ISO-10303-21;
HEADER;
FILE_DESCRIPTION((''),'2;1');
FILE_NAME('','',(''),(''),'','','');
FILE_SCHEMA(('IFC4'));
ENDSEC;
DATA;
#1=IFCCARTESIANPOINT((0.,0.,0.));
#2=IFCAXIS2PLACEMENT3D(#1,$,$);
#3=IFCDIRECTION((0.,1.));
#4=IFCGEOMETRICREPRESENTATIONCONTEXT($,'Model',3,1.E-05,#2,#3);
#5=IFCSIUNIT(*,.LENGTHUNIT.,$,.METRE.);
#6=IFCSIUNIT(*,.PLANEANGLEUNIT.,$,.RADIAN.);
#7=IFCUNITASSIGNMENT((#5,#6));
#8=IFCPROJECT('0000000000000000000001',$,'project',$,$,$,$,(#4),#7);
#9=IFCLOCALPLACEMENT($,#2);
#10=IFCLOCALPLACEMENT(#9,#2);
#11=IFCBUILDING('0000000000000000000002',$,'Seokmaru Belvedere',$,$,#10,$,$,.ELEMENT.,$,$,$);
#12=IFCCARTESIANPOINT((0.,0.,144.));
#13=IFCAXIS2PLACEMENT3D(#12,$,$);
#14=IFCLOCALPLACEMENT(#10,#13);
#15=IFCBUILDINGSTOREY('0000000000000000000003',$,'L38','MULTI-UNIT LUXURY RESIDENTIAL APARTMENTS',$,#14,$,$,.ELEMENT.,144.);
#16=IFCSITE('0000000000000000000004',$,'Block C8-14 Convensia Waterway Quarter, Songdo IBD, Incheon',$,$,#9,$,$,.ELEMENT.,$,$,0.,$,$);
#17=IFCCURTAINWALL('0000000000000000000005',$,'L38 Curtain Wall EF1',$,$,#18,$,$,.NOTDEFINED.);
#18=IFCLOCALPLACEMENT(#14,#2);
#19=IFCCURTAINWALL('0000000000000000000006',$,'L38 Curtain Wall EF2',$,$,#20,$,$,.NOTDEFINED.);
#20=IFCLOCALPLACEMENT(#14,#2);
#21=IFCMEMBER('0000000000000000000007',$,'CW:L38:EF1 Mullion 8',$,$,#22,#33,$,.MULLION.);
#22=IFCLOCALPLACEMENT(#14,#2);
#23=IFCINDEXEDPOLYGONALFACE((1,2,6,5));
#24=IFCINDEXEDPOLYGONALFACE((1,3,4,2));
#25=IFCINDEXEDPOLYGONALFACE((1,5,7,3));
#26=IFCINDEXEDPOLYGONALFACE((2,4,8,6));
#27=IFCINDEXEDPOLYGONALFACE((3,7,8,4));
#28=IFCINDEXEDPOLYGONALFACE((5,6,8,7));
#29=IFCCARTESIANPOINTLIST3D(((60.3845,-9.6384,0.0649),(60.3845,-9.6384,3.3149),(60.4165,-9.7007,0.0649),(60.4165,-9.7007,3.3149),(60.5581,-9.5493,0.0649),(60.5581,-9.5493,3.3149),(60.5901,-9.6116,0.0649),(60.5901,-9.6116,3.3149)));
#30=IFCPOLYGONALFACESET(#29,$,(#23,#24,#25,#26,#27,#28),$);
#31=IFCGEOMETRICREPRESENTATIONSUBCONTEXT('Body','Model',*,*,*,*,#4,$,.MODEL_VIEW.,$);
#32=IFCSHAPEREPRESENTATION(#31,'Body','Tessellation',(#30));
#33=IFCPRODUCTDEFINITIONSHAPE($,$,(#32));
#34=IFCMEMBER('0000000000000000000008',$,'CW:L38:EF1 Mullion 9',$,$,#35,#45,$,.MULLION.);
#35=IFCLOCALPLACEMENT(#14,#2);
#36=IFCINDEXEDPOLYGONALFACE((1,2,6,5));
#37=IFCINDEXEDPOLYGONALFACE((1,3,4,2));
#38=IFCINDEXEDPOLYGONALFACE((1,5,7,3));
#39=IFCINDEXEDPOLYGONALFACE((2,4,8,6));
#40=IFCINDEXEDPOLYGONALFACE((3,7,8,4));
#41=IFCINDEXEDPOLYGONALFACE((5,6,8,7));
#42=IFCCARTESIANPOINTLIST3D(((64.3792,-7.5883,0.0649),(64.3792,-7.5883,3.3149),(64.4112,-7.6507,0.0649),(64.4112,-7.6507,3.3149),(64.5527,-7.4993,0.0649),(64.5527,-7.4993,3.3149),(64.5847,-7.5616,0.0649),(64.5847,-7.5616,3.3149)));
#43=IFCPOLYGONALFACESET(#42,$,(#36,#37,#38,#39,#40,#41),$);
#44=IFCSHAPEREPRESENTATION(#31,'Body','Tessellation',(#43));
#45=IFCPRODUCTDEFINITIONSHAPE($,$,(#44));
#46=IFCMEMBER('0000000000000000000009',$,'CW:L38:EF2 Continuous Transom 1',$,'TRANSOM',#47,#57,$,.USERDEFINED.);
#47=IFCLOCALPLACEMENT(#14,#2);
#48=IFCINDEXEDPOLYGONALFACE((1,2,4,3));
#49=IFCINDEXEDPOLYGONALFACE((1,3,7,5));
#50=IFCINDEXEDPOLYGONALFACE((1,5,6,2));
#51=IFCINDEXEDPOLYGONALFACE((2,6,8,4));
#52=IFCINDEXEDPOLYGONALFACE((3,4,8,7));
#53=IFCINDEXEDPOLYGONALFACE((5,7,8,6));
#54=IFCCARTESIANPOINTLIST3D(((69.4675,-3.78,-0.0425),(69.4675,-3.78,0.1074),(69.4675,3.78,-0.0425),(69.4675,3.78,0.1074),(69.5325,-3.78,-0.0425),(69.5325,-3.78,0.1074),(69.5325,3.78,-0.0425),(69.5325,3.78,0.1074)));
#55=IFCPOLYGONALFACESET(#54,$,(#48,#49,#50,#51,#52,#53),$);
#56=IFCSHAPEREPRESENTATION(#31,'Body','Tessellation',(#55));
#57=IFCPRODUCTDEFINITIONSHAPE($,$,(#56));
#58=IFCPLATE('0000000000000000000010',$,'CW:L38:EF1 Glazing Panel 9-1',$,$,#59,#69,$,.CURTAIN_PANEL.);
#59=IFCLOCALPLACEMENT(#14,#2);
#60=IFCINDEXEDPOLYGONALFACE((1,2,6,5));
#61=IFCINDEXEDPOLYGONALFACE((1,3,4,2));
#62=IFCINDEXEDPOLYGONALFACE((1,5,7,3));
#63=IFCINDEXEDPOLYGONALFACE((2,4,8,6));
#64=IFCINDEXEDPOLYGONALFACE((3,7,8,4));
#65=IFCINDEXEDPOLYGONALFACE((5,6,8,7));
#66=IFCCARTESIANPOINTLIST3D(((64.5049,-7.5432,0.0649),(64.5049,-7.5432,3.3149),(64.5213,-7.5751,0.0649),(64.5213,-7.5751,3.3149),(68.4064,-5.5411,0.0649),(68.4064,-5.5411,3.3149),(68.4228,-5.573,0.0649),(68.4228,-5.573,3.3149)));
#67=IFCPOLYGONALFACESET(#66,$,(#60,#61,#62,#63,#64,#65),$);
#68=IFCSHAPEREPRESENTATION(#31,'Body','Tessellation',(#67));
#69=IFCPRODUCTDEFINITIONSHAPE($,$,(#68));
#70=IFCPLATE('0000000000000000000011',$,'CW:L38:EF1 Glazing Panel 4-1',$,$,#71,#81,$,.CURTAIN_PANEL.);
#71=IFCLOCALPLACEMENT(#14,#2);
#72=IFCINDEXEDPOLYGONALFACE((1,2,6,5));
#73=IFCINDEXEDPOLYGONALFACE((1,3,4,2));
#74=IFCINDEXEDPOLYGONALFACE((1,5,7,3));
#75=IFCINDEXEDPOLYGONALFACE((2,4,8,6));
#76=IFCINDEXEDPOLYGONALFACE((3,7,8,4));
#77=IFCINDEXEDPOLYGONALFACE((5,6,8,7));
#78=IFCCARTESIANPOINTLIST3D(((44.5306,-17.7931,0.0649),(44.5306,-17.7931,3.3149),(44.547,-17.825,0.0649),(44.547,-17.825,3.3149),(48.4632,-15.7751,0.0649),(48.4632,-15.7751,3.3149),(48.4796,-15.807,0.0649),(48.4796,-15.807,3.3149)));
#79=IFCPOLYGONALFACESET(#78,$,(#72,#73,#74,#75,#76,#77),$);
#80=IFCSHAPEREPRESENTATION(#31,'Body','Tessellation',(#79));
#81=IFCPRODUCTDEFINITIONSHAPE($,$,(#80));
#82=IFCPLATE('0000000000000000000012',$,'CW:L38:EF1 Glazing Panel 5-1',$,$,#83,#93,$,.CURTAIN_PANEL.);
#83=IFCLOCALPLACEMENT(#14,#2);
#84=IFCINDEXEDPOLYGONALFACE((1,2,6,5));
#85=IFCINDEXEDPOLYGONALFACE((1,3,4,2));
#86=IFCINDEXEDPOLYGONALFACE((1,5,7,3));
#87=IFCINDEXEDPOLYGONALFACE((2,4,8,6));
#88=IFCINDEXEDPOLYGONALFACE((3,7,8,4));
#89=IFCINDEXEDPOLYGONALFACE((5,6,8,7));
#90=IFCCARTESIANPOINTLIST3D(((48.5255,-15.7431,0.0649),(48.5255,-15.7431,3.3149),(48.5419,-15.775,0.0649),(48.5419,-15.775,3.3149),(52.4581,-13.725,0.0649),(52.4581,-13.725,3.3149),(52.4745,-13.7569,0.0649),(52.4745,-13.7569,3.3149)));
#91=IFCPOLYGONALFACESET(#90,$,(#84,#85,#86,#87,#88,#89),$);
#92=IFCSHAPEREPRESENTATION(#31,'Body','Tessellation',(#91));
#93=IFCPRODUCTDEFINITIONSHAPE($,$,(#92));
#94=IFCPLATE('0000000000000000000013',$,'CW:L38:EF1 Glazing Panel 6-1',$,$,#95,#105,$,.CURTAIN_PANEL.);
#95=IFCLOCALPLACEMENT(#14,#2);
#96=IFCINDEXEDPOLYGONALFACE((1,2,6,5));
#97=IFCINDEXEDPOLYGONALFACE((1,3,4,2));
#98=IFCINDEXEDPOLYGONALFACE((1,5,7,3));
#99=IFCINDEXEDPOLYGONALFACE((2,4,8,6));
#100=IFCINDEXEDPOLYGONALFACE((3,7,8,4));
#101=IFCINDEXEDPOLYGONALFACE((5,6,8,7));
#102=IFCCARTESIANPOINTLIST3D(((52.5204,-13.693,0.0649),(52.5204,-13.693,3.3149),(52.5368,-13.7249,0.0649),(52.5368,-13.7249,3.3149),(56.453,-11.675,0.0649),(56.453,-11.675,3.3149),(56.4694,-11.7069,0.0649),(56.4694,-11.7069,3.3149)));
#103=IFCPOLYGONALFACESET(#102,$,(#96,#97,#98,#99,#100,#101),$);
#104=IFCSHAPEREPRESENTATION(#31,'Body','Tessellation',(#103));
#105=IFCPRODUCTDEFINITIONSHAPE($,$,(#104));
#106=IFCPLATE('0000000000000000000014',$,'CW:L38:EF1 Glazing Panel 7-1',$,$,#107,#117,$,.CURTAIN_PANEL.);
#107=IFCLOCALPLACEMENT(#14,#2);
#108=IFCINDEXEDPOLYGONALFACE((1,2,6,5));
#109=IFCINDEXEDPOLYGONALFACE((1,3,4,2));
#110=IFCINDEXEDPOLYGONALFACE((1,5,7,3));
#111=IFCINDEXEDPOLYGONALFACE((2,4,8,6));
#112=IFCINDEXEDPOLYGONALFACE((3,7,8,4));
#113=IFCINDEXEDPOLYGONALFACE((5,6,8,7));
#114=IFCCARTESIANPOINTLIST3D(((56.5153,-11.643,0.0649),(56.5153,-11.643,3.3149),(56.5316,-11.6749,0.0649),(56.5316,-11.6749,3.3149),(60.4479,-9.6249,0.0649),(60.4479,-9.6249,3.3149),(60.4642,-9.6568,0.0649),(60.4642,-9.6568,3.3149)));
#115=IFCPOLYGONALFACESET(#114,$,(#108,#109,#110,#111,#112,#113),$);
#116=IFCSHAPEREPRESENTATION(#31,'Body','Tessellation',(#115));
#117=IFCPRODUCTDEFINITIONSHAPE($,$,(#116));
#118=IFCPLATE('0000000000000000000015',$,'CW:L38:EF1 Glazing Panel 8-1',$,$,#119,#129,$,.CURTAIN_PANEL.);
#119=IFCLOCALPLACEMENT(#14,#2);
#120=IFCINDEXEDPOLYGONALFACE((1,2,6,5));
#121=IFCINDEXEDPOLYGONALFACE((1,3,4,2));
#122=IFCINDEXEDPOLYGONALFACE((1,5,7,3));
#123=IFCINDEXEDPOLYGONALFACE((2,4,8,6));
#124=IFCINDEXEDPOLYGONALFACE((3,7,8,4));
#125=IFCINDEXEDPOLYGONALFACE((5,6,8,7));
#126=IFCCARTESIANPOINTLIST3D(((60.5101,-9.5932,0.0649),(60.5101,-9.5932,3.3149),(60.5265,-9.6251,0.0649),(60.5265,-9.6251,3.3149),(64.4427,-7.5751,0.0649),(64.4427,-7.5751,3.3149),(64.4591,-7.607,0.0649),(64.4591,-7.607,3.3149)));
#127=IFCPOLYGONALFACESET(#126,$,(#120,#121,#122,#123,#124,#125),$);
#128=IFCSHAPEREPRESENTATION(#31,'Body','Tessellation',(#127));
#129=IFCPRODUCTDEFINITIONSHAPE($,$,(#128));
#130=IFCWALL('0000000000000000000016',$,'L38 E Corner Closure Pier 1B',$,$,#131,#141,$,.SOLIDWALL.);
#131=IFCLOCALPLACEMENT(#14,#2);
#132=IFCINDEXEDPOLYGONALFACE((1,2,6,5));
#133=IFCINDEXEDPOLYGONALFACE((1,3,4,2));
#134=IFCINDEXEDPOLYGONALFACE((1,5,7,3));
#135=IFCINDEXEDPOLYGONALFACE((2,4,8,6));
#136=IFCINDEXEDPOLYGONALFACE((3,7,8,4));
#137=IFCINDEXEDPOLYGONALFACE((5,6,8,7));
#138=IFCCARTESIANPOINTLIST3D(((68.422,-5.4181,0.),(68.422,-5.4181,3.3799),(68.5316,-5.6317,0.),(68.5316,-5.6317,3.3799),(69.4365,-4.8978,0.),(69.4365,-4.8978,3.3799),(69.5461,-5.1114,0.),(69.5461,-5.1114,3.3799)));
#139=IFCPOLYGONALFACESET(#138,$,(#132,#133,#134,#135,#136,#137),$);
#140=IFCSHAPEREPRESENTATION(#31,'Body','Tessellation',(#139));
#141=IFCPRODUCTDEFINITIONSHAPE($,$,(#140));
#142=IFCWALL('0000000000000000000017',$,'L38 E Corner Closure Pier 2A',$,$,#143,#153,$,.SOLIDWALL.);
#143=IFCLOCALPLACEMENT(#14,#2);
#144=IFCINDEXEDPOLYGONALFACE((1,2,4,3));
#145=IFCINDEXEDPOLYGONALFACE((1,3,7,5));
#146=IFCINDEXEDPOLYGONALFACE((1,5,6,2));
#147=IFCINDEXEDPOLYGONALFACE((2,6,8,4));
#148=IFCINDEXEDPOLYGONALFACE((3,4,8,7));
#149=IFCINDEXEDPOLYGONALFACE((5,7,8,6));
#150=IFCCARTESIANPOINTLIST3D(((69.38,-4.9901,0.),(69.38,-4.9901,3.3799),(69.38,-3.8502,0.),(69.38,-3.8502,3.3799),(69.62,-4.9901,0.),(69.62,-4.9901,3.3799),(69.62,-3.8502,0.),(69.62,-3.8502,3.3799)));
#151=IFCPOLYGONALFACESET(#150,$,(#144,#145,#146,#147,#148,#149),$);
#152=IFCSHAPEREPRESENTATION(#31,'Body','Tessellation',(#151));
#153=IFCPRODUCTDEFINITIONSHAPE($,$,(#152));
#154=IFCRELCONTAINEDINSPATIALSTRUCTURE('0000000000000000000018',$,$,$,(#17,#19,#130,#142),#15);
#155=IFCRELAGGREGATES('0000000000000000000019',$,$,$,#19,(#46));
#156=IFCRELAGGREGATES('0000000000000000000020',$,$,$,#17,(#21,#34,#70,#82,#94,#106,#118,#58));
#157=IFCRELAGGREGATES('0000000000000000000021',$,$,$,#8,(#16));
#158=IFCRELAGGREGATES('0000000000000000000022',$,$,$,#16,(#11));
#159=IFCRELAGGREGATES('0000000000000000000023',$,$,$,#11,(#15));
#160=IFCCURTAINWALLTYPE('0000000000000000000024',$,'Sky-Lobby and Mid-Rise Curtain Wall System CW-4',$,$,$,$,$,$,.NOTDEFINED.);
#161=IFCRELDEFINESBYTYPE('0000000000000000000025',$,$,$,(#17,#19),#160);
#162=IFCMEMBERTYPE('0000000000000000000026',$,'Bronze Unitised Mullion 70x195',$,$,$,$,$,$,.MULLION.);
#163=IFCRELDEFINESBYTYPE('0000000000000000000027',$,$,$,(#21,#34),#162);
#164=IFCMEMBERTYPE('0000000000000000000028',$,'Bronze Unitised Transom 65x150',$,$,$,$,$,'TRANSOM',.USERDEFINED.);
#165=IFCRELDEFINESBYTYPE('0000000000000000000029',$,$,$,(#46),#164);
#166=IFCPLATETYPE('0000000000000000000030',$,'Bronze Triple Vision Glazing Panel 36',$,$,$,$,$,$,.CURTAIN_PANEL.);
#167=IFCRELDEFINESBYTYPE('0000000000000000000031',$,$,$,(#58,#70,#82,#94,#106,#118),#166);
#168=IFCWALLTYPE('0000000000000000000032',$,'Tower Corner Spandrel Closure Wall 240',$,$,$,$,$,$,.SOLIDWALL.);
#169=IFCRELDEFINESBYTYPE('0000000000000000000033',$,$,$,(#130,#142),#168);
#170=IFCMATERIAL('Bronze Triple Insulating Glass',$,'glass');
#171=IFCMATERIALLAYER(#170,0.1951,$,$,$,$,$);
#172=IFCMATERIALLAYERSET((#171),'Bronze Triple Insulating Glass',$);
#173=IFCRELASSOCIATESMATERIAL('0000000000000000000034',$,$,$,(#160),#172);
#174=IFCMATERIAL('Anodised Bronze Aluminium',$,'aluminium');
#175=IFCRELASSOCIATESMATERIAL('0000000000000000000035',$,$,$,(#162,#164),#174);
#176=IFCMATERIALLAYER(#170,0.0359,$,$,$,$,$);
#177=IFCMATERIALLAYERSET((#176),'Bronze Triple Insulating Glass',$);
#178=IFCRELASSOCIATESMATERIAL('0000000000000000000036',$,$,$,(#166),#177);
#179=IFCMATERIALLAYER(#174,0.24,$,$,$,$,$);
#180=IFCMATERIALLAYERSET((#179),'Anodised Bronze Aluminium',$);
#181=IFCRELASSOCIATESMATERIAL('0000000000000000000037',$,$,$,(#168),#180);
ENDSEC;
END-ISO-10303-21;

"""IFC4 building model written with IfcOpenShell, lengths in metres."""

from ifc_helpers import new_model, si_unit, direction, frame, frame_2d, origin, origin_2d, place, context, subcontext, project, spatial, rectangle, extrude, source, transform, mapped, material, layer, layer_set, material_profile, profile_set, type_object, type_shapes, element, aggregate, save


model = new_model("IFC4")

# Units and contexts
model_context = context("Model", 3, precision=1e-05, world=origin(), true_north=direction((0.0, 1.0)))
body_context = subcontext(model_context, "Body", "Model", "MODEL_VIEW")
ifc_project = project(units=[si_unit("LENGTHUNIT", "METRE"), si_unit("PLANEANGLEUNIT", "RADIAN")], contexts=[model_context])

# Site, building, storey
site_placement = place(None, origin())
site = spatial("IfcSite", under=ifc_project, at=site_placement, Name="Block C8-14 Convensia Waterway Quarter, Songdo IBD, Incheon", CompositionType="ELEMENT", RefElevation=0.0)
building_placement = place(site_placement, origin())
building = spatial("IfcBuilding", under=site, at=building_placement, Name="Seokmaru Belvedere", CompositionType="ELEMENT")
storey_placement = place(building_placement, frame((0.0, 0.0, 144.0)))
storey = spatial("IfcBuildingStorey", under=building, at=storey_placement, Name="L38", Description="MULTI-UNIT LUXURY RESIDENTIAL APARTMENTS", CompositionType="ELEMENT", Elevation=144.0)

# Curtain walls
ifc_material_1 = material(Name="Bronze Triple Insulating Glass", Category="glass")
ifc_layer_1 = layer(ifc_material_1, 0.1951)
ifc_layer_set_1 = layer_set([ifc_layer_1], Name="Bronze Triple Insulating Glass")
curtain_wall_type = type_object("IfcCurtainWallType", Name="Sky-Lobby and Mid-Rise Curtain Wall System CW-4", PredefinedType="NOTDEFINED", material=ifc_layer_set_1)
curtain_wall_1_placement = place(storey_placement, origin())
curtain_wall_1 = element("IfcCurtainWall", 1, at=curtain_wall_1_placement, inside=storey, type_object=curtain_wall_type, Name="L38 Curtain Wall EF1", PredefinedType="NOTDEFINED")
ifc_material_2 = material(Name="Anodised Bronze Aluminium", Category="aluminium")
ifc_material_profile_1 = material_profile(ifc_material_2, rectangle(XDim=0.0701, YDim=0.1951, at=origin_2d()), Name="CW-M-70x195")
ifc_profile_set_1 = profile_set([ifc_material_profile_1], Name="Anodised Bronze Aluminium")
member_type_1 = type_object("IfcMemberType", Name="Bronze Unitised Mullion 70x195", PredefinedType="MULLION", material=ifc_profile_set_1)
curtain_wall_2_placement = place(storey_placement, origin())
curtain_wall_2 = element("IfcCurtainWall", 2, at=curtain_wall_2_placement, inside=storey, type_object=curtain_wall_type, Name="L38 Curtain Wall EF2", PredefinedType="NOTDEFINED")

# Members
shared_shape_1 = source(origin(), body_context, "Body", "SweptSolid", [
    extrude(rectangle(XDim=0.0701, YDim=0.1951, at=origin_2d()), origin(), (0.0, 0.0, 1.0), 3.25),
])
member_1_placement = place(storey_placement, frame((60.4873, -9.625, 0.0649), z_axis=(0.0, 0.0, 1.0), x_axis=(-0.456555, 0.889695, 0.0)))
member_1 = element("IfcMember", 3, at=member_1_placement, type_object=member_type_1, Name="CW:L38:EF1 Mullion 8", PredefinedType="MULLION", context=body_context, shape_type="MappedRepresentation", body=[
    mapped(shared_shape_1, transform((0.0, 0.0, 0.0), scale=1.0)),
])
member_2_placement = place(storey_placement, frame((64.4819, -7.575, 0.0649), z_axis=(0.0, 0.0, 1.0), x_axis=(-0.456555, 0.889695, 0.0)))
member_2 = element("IfcMember", 4, at=member_2_placement, type_object=member_type_1, Name="CW:L38:EF1 Mullion 9", PredefinedType="MULLION", context=body_context, shape_type="MappedRepresentation", body=[
    mapped(shared_shape_1, transform((0.0, 0.0, 0.0), scale=1.0)),
])
ifc_material_profile_2 = material_profile(ifc_material_2, rectangle(XDim=0.0649, YDim=0.1499, at=origin_2d()), Name="CW-T-65x150")
ifc_profile_set_2 = profile_set([ifc_material_profile_2], Name="Anodised Bronze Aluminium")
member_type_2 = type_object("IfcMemberType", Name="Bronze Unitised Transom 65x150", ElementType="TRANSOM", PredefinedType="USERDEFINED", material=ifc_profile_set_2)
shared_shape_2 = source(origin(), body_context, "Body", "SweptSolid", [
    extrude(rectangle(XDim=0.0649, YDim=0.1499, at=origin_2d()), origin(), (0.0, 0.0, 1.0), 7.5601),
])
type_shapes(member_type_2, [shared_shape_2])
member_3_placement = place(storey_placement, frame((69.5, -3.78, 0.0325), z_axis=(0.0, 1.0, 0.0), x_axis=(-1.0, 0.0, 0.0)))
member_3 = element("IfcMember", 5, at=member_3_placement, type_object=member_type_2, Name="CW:L38:EF2 Continuous Transom 1", ObjectType="TRANSOM", PredefinedType="USERDEFINED", context=body_context, shape_type="MappedRepresentation", body=[
    mapped(shared_shape_2, transform((0.0, 0.0, 0.0), scale=1.0)),
])
aggregate(curtain_wall_2, [member_3])

# Plates
ifc_layer_2 = layer(ifc_material_1, 0.0359)
ifc_layer_set_2 = layer_set([ifc_layer_2], Name="Bronze Triple Insulating Glass")
plate_type = type_object("IfcPlateType", Name="Bronze Triple Vision Glazing Panel 36", PredefinedType="CURTAIN_PANEL", material=ifc_layer_set_2)
shared_shape_3 = source(origin(), body_context, "Body", "SweptSolid", [
    extrude(rectangle(XDim=4.3853, YDim=0.0359, at=origin_2d()), origin(), (0.0, 0.0, 1.0), 3.25),
])
plate_1_placement = place(storey_placement, frame((66.4639, -6.5581, 0.0649), z_axis=(0.0, 0.0, 1.0), x_axis=(0.889695, 0.456555, 0.0)))
plate_1 = element("IfcPlate", 6, at=plate_1_placement, type_object=plate_type, Name="CW:L38:EF1 Glazing Panel 9-1", PredefinedType="CURTAIN_PANEL", context=body_context, shape_type="MappedRepresentation", body=[
    mapped(shared_shape_3, transform((0.0, 0.0, 0.0), scale=1.0)),
])
shared_shape_4 = source(origin(), body_context, "Body", "SweptSolid", [
    extrude(rectangle(XDim=4.4202, YDim=0.0359, at=origin_2d()), origin(), (0.0, 0.0, 1.0), 3.25),
])
type_shapes(plate_type, [shared_shape_3, shared_shape_4])
plate_2_placement = place(storey_placement, frame((46.5051, -16.8, 0.0649), z_axis=(0.0, 0.0, 1.0), x_axis=(0.889695, 0.456555, 0.0)))
plate_2 = element("IfcPlate", 7, at=plate_2_placement, type_object=plate_type, Name="CW:L38:EF1 Glazing Panel 4-1", PredefinedType="CURTAIN_PANEL", context=body_context, shape_type="MappedRepresentation", body=[
    mapped(shared_shape_4, transform((0.0, 0.0, 0.0), scale=1.0)),
])
plate_3_placement = place(storey_placement, frame((50.5, -14.75, 0.0649), z_axis=(0.0, 0.0, 1.0), x_axis=(0.889695, 0.456555, 0.0)))
plate_3 = element("IfcPlate", 8, at=plate_3_placement, type_object=plate_type, Name="CW:L38:EF1 Glazing Panel 5-1", PredefinedType="CURTAIN_PANEL", context=body_context, shape_type="MappedRepresentation", body=[
    mapped(shared_shape_4, transform((0.0, 0.0, 0.0), scale=1.0)),
])
plate_4_placement = place(storey_placement, frame((54.4949, -12.7, 0.0649), z_axis=(0.0, 0.0, 1.0), x_axis=(0.889695, 0.456555, 0.0)))
plate_4 = element("IfcPlate", 9, at=plate_4_placement, type_object=plate_type, Name="CW:L38:EF1 Glazing Panel 6-1", PredefinedType="CURTAIN_PANEL", context=body_context, shape_type="MappedRepresentation", body=[
    mapped(shared_shape_4, transform((0.0, 0.0, 0.0), scale=1.0)),
])
plate_5_placement = place(storey_placement, frame((58.4897, -10.6499, 0.0649), z_axis=(0.0, 0.0, 1.0), x_axis=(0.889695, 0.456555, 0.0)))
plate_5 = element("IfcPlate", 10, at=plate_5_placement, type_object=plate_type, Name="CW:L38:EF1 Glazing Panel 7-1", PredefinedType="CURTAIN_PANEL", context=body_context, shape_type="MappedRepresentation", body=[
    mapped(shared_shape_4, transform((0.0, 0.0, 0.0), scale=1.0)),
])
plate_6_placement = place(storey_placement, frame((62.4846, -8.6001, 0.0649), z_axis=(0.0, 0.0, 1.0), x_axis=(0.889695, 0.456555, 0.0)))
plate_6 = element("IfcPlate", 11, at=plate_6_placement, type_object=plate_type, Name="CW:L38:EF1 Glazing Panel 8-1", PredefinedType="CURTAIN_PANEL", context=body_context, shape_type="MappedRepresentation", body=[
    mapped(shared_shape_4, transform((0.0, 0.0, 0.0), scale=1.0)),
])
aggregate(curtain_wall_1, [member_1, member_2, plate_2, plate_3, plate_4, plate_5, plate_6, plate_1])

# Walls
ifc_layer_3 = layer(ifc_material_2, 0.24)
ifc_layer_set_3 = layer_set([ifc_layer_3], Name="Anodised Bronze Aluminium")
wall_type_1 = type_object("IfcWallType", Name="Tower Corner Spandrel Closure Wall 240", PredefinedType="SOLIDWALL", material=ifc_layer_set_3)
wall_1_placement = place(storey_placement, frame((68.4768, -5.5249, 0.0), z_axis=(0.0, 0.0, 1.0), x_axis=(0.889797, 0.456356, 0.0)))
element("IfcWall", 12, at=wall_1_placement, inside=storey, type_object=wall_type_1, Name="L38 E Corner Closure Pier 1B", PredefinedType="SOLIDWALL", context=body_context, shape_type="SweptSolid", body=[
    extrude(rectangle(XDim=1.1401, YDim=0.24, at=frame_2d((0.5701, 0.0))), origin(), (0.0, 0.0, 1.0), 3.3799),
])
wall_2_placement = place(storey_placement, frame((69.5, -4.99, 0.0), z_axis=(0.0, 0.0, 1.0), x_axis=(0.0, 1.0, 0.0)))
element("IfcWall", 13, at=wall_2_placement, inside=storey, type_object=wall_type_1, Name="L38 E Corner Closure Pier 2A", PredefinedType="SOLIDWALL", context=body_context, shape_type="SweptSolid", body=[
    extrude(rectangle(XDim=1.1399, YDim=0.24, at=frame_2d((0.5698, 0.0))), origin(), (0.0, 0.0, 1.0), 3.3799),
])

save(model, "model.ifc")
